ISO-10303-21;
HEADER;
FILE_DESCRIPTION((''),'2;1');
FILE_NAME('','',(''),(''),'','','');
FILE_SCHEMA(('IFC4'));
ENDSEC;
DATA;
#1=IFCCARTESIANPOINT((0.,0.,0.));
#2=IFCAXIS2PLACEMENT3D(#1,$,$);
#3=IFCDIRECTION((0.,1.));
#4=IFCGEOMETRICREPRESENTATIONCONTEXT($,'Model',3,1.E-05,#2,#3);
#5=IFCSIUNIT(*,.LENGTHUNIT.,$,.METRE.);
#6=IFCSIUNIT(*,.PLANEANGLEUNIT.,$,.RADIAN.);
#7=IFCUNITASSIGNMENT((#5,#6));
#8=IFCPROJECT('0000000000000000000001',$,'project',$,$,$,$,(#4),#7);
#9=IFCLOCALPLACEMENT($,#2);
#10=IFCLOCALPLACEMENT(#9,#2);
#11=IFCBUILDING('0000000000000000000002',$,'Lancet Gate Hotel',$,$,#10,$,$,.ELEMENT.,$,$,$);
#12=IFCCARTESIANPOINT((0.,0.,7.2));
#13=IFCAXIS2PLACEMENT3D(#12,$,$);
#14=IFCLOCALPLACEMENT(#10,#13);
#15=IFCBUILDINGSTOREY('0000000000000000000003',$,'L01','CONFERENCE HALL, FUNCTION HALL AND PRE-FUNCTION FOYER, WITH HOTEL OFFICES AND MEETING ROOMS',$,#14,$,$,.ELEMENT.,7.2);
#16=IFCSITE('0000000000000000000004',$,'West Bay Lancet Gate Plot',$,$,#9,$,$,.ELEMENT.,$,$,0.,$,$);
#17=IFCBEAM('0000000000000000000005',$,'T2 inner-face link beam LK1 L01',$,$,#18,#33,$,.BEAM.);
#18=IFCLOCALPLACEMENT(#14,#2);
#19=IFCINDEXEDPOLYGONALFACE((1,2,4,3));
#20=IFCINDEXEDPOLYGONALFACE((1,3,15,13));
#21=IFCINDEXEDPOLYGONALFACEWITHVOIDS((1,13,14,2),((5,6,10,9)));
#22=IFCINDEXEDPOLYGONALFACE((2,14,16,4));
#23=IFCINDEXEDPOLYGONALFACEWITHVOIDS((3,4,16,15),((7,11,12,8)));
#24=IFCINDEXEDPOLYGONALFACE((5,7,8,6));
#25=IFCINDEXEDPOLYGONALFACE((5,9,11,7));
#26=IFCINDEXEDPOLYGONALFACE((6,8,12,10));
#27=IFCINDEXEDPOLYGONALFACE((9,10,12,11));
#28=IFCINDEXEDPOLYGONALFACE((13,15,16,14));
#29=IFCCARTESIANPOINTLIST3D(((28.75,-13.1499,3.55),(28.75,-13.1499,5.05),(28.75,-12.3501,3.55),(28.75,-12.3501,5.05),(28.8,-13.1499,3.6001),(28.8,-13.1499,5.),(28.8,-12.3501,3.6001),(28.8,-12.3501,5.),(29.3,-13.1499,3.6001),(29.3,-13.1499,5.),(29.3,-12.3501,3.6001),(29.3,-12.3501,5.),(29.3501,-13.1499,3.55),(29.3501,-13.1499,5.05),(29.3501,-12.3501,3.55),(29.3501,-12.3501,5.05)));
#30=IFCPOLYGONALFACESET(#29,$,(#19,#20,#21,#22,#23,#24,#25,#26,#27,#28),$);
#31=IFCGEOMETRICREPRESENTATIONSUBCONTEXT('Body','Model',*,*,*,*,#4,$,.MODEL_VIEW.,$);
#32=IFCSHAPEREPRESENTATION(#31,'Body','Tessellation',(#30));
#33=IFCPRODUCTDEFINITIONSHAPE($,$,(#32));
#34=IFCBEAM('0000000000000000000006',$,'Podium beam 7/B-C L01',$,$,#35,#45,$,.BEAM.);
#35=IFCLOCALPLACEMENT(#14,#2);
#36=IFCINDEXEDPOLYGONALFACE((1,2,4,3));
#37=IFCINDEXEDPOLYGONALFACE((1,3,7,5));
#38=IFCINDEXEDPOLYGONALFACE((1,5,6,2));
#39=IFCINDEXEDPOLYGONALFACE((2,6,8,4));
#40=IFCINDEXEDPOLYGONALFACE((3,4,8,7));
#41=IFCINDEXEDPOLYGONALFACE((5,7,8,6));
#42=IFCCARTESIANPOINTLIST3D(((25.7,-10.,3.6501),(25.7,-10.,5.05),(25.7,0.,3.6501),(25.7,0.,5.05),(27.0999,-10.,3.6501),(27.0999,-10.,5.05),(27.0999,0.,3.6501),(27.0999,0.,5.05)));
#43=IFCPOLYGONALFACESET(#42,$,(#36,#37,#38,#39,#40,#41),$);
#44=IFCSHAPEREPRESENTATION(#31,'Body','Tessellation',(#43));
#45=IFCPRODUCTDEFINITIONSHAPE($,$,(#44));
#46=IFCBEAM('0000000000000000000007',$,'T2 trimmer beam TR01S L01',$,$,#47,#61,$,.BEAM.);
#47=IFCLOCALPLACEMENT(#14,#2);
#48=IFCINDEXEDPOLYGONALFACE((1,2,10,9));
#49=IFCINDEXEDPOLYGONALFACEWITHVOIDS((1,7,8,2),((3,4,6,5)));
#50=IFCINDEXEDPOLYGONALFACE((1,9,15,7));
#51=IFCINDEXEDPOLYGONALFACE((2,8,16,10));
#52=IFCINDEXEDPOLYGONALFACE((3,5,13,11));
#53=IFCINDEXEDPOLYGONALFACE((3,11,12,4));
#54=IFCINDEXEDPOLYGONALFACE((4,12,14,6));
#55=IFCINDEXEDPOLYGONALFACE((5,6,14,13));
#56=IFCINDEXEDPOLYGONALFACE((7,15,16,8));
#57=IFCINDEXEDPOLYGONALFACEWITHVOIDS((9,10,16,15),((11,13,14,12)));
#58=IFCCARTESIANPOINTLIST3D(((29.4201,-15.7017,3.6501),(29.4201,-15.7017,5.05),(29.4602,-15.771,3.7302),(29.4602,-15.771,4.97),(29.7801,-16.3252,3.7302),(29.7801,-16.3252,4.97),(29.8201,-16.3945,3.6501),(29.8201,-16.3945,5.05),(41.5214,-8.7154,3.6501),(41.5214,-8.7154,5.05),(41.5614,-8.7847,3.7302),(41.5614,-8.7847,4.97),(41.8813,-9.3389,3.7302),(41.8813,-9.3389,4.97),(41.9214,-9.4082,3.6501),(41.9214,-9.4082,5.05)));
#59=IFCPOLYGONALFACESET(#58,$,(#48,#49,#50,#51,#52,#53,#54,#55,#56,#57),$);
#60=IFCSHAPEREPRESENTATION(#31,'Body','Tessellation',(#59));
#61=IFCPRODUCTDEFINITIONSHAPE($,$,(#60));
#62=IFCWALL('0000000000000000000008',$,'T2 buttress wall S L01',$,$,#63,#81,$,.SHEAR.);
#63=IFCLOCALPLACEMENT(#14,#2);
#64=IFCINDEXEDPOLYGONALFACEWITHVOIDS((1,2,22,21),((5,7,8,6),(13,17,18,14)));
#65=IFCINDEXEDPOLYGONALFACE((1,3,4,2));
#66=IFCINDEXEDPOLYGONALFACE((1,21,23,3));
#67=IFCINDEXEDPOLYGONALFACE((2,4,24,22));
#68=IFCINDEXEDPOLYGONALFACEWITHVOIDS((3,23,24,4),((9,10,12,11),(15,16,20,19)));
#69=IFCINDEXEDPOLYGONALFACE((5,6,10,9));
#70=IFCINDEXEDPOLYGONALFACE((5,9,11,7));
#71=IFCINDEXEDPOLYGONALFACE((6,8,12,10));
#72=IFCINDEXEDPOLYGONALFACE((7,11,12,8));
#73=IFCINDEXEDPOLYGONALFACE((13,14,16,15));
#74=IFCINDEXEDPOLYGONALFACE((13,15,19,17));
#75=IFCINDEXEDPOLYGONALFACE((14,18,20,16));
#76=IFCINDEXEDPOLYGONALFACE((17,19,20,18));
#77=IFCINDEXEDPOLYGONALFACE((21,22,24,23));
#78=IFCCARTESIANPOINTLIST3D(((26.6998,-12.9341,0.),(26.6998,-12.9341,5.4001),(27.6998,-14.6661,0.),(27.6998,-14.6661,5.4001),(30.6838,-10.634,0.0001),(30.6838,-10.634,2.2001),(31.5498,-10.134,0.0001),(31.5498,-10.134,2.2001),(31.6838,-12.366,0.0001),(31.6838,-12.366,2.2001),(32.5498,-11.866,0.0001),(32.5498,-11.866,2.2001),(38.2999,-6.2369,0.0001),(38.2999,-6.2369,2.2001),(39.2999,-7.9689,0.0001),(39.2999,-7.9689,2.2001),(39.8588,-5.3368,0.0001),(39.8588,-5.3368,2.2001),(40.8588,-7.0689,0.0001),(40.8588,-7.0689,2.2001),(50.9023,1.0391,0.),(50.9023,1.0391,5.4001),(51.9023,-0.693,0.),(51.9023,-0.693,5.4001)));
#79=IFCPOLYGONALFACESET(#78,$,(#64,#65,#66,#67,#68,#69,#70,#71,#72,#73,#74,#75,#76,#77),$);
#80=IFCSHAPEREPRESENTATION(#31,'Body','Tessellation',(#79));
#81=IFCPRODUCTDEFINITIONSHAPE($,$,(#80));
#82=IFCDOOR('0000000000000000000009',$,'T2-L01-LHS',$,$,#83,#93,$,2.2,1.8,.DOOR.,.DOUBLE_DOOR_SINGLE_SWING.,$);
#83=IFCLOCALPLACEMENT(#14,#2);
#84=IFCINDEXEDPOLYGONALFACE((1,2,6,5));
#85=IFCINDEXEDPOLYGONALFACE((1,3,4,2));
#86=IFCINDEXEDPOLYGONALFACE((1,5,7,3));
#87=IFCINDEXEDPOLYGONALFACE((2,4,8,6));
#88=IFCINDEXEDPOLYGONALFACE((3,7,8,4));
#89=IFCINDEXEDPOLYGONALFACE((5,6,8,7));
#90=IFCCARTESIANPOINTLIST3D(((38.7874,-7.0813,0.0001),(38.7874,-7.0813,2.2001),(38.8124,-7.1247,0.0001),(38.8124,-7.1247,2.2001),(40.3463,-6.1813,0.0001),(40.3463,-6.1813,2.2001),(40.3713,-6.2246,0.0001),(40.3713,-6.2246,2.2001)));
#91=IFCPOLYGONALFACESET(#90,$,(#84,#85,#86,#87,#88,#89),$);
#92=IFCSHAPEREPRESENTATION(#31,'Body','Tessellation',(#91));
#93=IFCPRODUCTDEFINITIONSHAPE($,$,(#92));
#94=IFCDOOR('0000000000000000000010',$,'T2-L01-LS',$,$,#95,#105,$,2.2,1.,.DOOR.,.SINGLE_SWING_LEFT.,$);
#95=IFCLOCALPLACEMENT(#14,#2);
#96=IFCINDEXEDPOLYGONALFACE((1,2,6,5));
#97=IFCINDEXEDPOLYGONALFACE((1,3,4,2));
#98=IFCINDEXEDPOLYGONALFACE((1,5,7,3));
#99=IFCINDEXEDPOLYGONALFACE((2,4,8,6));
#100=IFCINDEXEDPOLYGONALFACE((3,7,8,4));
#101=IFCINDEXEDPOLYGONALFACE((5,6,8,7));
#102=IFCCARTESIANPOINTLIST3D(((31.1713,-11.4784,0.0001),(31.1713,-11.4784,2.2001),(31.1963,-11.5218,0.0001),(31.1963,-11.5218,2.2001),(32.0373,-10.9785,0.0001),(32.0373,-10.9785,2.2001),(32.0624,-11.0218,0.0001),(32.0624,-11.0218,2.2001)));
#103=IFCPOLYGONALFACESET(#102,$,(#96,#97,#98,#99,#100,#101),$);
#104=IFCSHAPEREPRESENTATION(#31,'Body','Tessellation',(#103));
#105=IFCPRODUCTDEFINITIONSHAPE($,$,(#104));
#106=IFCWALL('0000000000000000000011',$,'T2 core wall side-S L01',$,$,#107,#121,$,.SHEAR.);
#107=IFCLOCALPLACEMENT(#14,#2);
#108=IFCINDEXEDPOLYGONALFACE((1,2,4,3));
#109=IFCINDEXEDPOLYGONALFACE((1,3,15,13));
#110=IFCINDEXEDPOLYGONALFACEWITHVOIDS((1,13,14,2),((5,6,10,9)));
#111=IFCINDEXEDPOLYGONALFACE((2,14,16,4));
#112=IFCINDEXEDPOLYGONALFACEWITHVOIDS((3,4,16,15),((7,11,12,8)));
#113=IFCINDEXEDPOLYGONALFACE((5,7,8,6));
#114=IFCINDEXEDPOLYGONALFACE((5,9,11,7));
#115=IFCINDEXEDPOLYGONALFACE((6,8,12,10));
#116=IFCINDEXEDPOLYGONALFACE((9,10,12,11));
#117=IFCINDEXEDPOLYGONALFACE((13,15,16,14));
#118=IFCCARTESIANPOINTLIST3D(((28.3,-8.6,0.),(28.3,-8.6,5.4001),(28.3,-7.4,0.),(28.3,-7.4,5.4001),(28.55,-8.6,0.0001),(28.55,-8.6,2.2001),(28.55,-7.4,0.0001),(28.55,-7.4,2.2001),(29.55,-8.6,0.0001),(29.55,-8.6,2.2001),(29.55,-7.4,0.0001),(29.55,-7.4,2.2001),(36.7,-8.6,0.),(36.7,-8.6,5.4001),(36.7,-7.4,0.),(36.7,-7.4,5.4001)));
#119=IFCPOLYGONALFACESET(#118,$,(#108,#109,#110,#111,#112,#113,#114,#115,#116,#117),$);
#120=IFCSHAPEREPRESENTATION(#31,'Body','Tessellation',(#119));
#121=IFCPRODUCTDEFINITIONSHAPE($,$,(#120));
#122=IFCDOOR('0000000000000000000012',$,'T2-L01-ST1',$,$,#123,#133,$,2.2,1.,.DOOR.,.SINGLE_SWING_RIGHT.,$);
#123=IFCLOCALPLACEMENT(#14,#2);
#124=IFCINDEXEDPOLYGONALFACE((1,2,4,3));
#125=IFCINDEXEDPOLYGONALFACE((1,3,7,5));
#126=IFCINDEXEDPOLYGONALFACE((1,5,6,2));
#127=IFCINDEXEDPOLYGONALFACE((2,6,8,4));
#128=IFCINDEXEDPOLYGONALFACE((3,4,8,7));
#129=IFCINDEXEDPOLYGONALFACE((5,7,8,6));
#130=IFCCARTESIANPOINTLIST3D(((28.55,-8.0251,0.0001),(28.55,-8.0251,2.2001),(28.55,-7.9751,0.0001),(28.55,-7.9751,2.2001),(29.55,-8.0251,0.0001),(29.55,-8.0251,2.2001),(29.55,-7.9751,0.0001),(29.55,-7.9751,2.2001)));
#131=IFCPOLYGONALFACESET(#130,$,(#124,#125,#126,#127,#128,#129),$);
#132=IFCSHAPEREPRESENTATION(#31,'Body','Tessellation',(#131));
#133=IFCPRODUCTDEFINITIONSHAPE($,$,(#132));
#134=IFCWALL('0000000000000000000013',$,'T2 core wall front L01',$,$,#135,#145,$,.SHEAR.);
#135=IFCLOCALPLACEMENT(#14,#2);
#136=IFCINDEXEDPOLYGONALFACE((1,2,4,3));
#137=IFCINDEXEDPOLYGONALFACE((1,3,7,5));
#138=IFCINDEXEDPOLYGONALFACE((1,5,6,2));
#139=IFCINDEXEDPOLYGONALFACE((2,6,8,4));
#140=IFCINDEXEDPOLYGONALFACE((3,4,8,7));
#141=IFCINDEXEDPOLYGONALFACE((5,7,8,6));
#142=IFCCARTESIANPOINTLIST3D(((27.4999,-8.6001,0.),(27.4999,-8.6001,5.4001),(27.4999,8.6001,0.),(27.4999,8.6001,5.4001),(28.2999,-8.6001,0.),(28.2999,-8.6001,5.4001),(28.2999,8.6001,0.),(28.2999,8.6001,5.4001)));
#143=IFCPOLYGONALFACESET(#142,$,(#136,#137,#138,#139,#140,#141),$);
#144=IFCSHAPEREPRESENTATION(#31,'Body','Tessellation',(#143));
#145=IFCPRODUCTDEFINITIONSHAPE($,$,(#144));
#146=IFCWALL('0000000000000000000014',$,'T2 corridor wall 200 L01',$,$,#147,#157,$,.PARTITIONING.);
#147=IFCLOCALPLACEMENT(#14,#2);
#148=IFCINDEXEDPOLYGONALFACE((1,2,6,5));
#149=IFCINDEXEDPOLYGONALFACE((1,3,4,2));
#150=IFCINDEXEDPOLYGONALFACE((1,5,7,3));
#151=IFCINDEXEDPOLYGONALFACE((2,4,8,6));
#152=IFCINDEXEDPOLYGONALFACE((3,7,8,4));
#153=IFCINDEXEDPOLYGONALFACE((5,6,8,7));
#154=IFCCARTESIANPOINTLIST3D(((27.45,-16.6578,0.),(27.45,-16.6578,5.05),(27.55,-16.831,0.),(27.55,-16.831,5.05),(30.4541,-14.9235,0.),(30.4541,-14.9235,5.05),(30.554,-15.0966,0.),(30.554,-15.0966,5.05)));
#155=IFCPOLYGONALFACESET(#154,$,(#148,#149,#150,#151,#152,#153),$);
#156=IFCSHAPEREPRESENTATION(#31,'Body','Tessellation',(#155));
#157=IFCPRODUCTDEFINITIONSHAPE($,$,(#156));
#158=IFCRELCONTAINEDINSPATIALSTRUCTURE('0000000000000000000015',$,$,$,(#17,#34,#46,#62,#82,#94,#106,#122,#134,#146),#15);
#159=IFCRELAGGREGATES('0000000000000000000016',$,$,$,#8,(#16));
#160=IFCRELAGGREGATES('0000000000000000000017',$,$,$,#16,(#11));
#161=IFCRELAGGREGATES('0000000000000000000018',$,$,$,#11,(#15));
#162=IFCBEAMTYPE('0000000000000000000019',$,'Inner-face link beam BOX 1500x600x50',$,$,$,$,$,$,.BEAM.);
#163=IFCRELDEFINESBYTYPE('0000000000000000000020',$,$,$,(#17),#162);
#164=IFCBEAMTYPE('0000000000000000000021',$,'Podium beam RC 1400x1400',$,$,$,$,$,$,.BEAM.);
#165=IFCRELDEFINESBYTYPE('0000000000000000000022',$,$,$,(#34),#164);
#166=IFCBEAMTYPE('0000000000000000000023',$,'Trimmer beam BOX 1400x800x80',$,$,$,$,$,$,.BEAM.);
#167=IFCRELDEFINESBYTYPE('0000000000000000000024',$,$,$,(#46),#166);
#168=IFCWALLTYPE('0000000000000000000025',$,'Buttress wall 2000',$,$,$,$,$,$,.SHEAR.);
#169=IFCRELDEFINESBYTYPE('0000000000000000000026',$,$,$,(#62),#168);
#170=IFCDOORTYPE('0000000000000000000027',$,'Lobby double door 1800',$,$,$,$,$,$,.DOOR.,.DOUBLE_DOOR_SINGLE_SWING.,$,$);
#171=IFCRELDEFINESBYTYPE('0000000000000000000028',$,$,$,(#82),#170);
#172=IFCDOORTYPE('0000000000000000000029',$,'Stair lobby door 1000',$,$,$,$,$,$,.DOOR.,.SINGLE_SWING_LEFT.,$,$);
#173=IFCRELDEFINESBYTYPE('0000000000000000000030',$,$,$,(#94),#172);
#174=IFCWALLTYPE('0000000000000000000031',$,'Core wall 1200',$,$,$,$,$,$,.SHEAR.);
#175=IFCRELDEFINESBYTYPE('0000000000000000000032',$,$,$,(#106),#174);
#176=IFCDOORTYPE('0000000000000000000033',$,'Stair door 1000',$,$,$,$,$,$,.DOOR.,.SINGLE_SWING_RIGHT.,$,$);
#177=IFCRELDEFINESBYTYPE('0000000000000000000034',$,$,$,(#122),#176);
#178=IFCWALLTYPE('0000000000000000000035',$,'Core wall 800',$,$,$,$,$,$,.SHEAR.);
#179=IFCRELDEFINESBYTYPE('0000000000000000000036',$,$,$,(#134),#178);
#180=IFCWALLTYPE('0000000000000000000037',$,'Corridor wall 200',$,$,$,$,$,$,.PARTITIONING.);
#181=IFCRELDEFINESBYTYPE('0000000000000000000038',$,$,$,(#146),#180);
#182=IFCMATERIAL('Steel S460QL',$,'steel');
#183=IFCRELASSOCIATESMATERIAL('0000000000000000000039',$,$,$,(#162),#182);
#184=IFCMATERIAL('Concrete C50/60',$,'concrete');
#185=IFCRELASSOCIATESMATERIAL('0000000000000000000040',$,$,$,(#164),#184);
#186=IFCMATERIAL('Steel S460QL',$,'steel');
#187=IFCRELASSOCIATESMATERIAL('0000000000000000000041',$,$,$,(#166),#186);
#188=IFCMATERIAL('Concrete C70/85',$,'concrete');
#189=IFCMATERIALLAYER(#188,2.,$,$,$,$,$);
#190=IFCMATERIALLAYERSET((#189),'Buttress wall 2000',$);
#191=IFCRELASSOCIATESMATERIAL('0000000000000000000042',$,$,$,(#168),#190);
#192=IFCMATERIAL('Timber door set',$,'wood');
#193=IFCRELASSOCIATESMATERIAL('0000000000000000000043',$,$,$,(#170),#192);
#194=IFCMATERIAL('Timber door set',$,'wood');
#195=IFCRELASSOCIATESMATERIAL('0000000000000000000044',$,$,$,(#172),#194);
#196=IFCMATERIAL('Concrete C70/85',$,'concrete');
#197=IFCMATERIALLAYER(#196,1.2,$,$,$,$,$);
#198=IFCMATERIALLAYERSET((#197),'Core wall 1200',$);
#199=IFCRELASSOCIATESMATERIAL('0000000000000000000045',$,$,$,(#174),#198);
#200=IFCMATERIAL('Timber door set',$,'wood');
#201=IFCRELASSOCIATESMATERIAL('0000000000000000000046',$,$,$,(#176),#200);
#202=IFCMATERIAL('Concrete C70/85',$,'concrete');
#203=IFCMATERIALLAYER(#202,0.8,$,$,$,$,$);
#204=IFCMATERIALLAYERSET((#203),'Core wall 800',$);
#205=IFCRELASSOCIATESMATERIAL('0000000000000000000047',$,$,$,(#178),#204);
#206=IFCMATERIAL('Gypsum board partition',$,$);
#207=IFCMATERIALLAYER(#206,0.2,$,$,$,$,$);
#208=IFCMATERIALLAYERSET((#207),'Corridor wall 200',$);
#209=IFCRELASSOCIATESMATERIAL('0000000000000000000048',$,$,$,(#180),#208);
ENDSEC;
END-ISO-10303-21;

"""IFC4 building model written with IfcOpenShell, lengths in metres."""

from ifc_helpers import new_model, si_unit, direction, frame, frame_2d, origin, origin_2d, place, context, subcontext, project, spatial, rectangle, hollow_rectangle, extrude, material, layer, layer_set, material_profile, profile_set, type_object, element, fill, save


model = new_model("IFC4")

# Units and contexts
model_context = context("Model", 3, precision=1e-05, world=origin(), true_north=direction((0.0, 1.0)))
body_context = subcontext(model_context, "Body", "Model", "MODEL_VIEW")
ifc_project = project(units=[si_unit("LENGTHUNIT", "METRE"), si_unit("PLANEANGLEUNIT", "RADIAN")], contexts=[model_context])

# Site, building, storey
site_placement = place(None, origin())
site = spatial("IfcSite", under=ifc_project, at=site_placement, Name="West Bay Lancet Gate Plot", CompositionType="ELEMENT", RefElevation=0.0)
building_placement = place(site_placement, origin())
building = spatial("IfcBuilding", under=site, at=building_placement, Name="Lancet Gate Hotel", CompositionType="ELEMENT")
storey_placement = place(building_placement, frame((0.0, 0.0, 7.2)))
storey = spatial("IfcBuildingStorey", under=building, at=storey_placement, Name="L01", Description="CONFERENCE HALL, FUNCTION HALL AND PRE-FUNCTION FOYER, WITH HOTEL OFFICES AND MEETING ROOMS", CompositionType="ELEMENT", Elevation=7.2)

# Beams
ifc_material_1 = material(Name="Steel S460QL", Category="steel")
ifc_material_profile_1 = material_profile(ifc_material_1, hollow_rectangle(XDim=0.6001, YDim=1.5, WallThickness=0.05, at=origin_2d()), Name="BOX 1500x600x50")
ifc_profile_set_1 = profile_set([ifc_material_profile_1], Name="Steel S460QL")
beam_type_1 = type_object("IfcBeamType", Name="Inner-face link beam BOX 1500x600x50", PredefinedType="BEAM", material=ifc_profile_set_1)
beam_1_placement = place(storey_placement, frame((29.05, -13.1499, 4.3), z_axis=(0.0, 1.0, 0.0), x_axis=(-1.0, 0.0, 0.0)))
element("IfcBeam", 1, at=beam_1_placement, inside=storey, type_object=beam_type_1, Name="T2 inner-face link beam LK1 L01", PredefinedType="BEAM", context=body_context, shape_type="SweptSolid", body=[
    extrude(hollow_rectangle(XDim=0.6001, YDim=1.5, WallThickness=0.05, at=origin_2d()), origin(), (0.0, 0.0, 1.0), 0.7998),
])
ifc_material_2 = material(Name="Concrete C50/60", Category="concrete")
ifc_material_profile_2 = material_profile(ifc_material_2, rectangle(XDim=1.3999, YDim=1.3999, at=origin_2d()), Name="RC 1400x1400")
ifc_profile_set_2 = profile_set([ifc_material_profile_2], Name="Concrete C50/60")
beam_type_2 = type_object("IfcBeamType", Name="Podium beam RC 1400x1400", PredefinedType="BEAM", material=ifc_profile_set_2)
beam_2_placement = place(storey_placement, frame((26.3999, -10.0, 4.3501), z_axis=(0.0, 1.0, 0.0), x_axis=(-1.0, 0.0, 0.0)))
element("IfcBeam", 2, at=beam_2_placement, inside=storey, type_object=beam_type_2, Name="Podium beam 7/B-C L01", PredefinedType="BEAM", context=body_context, shape_type="SweptSolid", body=[
    extrude(rectangle(XDim=1.3999, YDim=1.3999, at=origin_2d()), origin(), (0.0, 0.0, 1.0), 10.0),
])
ifc_material_3 = material(Name="Steel S460QL", Category="steel")
ifc_material_profile_3 = material_profile(ifc_material_3, hollow_rectangle(XDim=0.8, YDim=1.3999, WallThickness=0.0801, at=origin_2d()), Name="BOX 1400x800x80")
ifc_profile_set_3 = profile_set([ifc_material_profile_3], Name="Steel S460QL")
beam_type_3 = type_object("IfcBeamType", Name="Trimmer beam BOX 1400x800x80", PredefinedType="BEAM", material=ifc_profile_set_3)
beam_3_placement = place(storey_placement, frame((29.6201, -16.0481, 4.3501), z_axis=(0.866037, 0.49998, 0.0), x_axis=(-0.49998, 0.866037, 0.0)))
element("IfcBeam", 3, at=beam_3_placement, inside=storey, type_object=beam_type_3, Name="T2 trimmer beam TR01S L01", PredefinedType="BEAM", context=body_context, shape_type="SweptSolid", body=[
    extrude(hollow_rectangle(XDim=0.8, YDim=1.3999, WallThickness=0.0801, at=origin_2d()), origin(), (0.0, 0.0, 1.0), 13.9731),
])

# Wall, openings, doors
ifc_material_4 = material(Name="Concrete C70/85", Category="concrete")
ifc_layer_1 = layer(ifc_material_4, 2.0)
ifc_layer_set_1 = layer_set([ifc_layer_1], Name="Buttress wall 2000")
wall_type_1 = type_object("IfcWallType", Name="Buttress wall 2000", PredefinedType="SHEAR", material=ifc_layer_set_1)
wall_1_placement = place(storey_placement, frame((27.2, -13.8, 0.0), z_axis=(0.0, 0.0, 1.0), x_axis=(0.866027, 0.499997, 0.0)))
wall_1 = element("IfcWall", 4, at=wall_1_placement, inside=storey, type_object=wall_type_1, Name="T2 buttress wall S L01", PredefinedType="SHEAR", context=body_context, shape_type="SweptSolid", body=[
    extrude(rectangle(XDim=27.9465, YDim=2.0, at=frame_2d((13.9731, 0.0))), origin(), (0.0, 0.0, 1.0), 5.4001),
])
opening_1_placement = place(wall_1_placement, frame((4.6001, 0.0, 0.0)))
opening_1 = element("IfcOpeningElement", 5, at=opening_1_placement, cuts=wall_1, PredefinedType="OPENING", context=body_context, shape_type="SweptSolid", body=[
    extrude(rectangle(XDim=1.0, YDim=2.2, at=frame_2d((0.5, 1.1001))), frame((0.0, 1.01, 0.0), z_axis=(0.0, -1.0, 0.0), x_axis=(1.0, 0.0, 0.0)), (0.0, 0.0, 1.0), 2.02),
])
opening_2_placement = place(wall_1_placement, frame((13.3945, 0.0, 0.0)))
opening_2 = element("IfcOpeningElement", 6, at=opening_2_placement, cuts=wall_1, PredefinedType="OPENING", context=body_context, shape_type="SweptSolid", body=[
    extrude(rectangle(XDim=1.8, YDim=2.2, at=frame_2d((0.8999, 1.1001))), frame((0.0, 1.01, 0.0), z_axis=(0.0, -1.0, 0.0), x_axis=(1.0, 0.0, 0.0)), (0.0, 0.0, 1.0), 2.02),
])
ifc_material_5 = material(Name="Timber door set", Category="wood")
door_type_1 = type_object("IfcDoorType", Name="Lobby double door 1800", OperationType="DOUBLE_DOOR_SINGLE_SWING", PredefinedType="DOOR", material=ifc_material_5)
door_1_placement = place(opening_2_placement, origin())
door_1 = element("IfcDoor", 7, at=door_1_placement, inside=storey, type_object=door_type_1, Name="T2-L01-LHS", OperationType="DOUBLE_DOOR_SINGLE_SWING", OverallHeight=2.2, OverallWidth=1.8, PredefinedType="DOOR", context=body_context, shape_type="SweptSolid", body=[
    extrude(rectangle(XDim=1.8, YDim=2.2, at=frame_2d((0.8999, 1.1001))), frame((0.0, 0.0249, 0.0), z_axis=(0.0, -1.0, 0.0), x_axis=(1.0, 0.0, 0.0)), (0.0, 0.0, 1.0), 0.05),
])
fill(opening_2, door_1)
ifc_material_6 = material(Name="Timber door set", Category="wood")
door_type_2 = type_object("IfcDoorType", Name="Stair lobby door 1000", OperationType="SINGLE_SWING_LEFT", PredefinedType="DOOR", material=ifc_material_6)
door_2_placement = place(opening_1_placement, origin())
door_2 = element("IfcDoor", 8, at=door_2_placement, inside=storey, type_object=door_type_2, Name="T2-L01-LS", OperationType="SINGLE_SWING_LEFT", OverallHeight=2.2, OverallWidth=1.0, PredefinedType="DOOR", context=body_context, shape_type="SweptSolid", body=[
    extrude(rectangle(XDim=1.0, YDim=2.2, at=frame_2d((0.5, 1.1001))), frame((0.0, 0.0249, 0.0), z_axis=(0.0, -1.0, 0.0), x_axis=(1.0, 0.0, 0.0)), (0.0, 0.0, 1.0), 0.05),
])
fill(opening_1, door_2)

# Wall, opening, door
ifc_material_7 = material(Name="Concrete C70/85", Category="concrete")
ifc_layer_2 = layer(ifc_material_7, 1.2)
ifc_layer_set_2 = layer_set([ifc_layer_2], Name="Core wall 1200")
wall_type_2 = type_object("IfcWallType", Name="Core wall 1200", PredefinedType="SHEAR", material=ifc_layer_set_2)
wall_2_placement = place(storey_placement, frame((28.3, -8.0, 0.0), z_axis=(0.0, 0.0, 1.0), x_axis=(1.0, 0.0, 0.0)))
wall_2 = element("IfcWall", 9, at=wall_2_placement, inside=storey, type_object=wall_type_2, Name="T2 core wall side-S L01", PredefinedType="SHEAR", context=body_context, shape_type="SweptSolid", body=[
    extrude(rectangle(XDim=8.3999, YDim=1.2, at=frame_2d((4.2, 0.0))), origin(), (0.0, 0.0, 1.0), 5.4001),
])
opening_3_placement = place(wall_2_placement, frame((0.25, 0.0, 0.0)))
opening_3 = element("IfcOpeningElement", 10, at=opening_3_placement, cuts=wall_2, PredefinedType="OPENING", context=body_context, shape_type="SweptSolid", body=[
    extrude(rectangle(XDim=1.0, YDim=2.2, at=frame_2d((0.5, 1.1001))), frame((0.0, 0.6099, 0.0), z_axis=(0.0, -1.0, 0.0), x_axis=(1.0, 0.0, 0.0)), (0.0, 0.0, 1.0), 1.22),
])
ifc_material_8 = material(Name="Timber door set", Category="wood")
door_type_3 = type_object("IfcDoorType", Name="Stair door 1000", OperationType="SINGLE_SWING_RIGHT", PredefinedType="DOOR", material=ifc_material_8)
door_3_placement = place(opening_3_placement, origin())
door_3 = element("IfcDoor", 11, at=door_3_placement, inside=storey, type_object=door_type_3, Name="T2-L01-ST1", OperationType="SINGLE_SWING_RIGHT", OverallHeight=2.2, OverallWidth=1.0, PredefinedType="DOOR", context=body_context, shape_type="SweptSolid", body=[
    extrude(rectangle(XDim=1.0, YDim=2.2, at=frame_2d((0.5, 1.1001))), frame((0.0, 0.0249, 0.0), z_axis=(0.0, -1.0, 0.0), x_axis=(1.0, 0.0, 0.0)), (0.0, 0.0, 1.0), 0.05),
])
fill(opening_3, door_3)

# Walls
ifc_material_9 = material(Name="Concrete C70/85", Category="concrete")
ifc_layer_3 = layer(ifc_material_9, 0.8)
ifc_layer_set_3 = layer_set([ifc_layer_3], Name="Core wall 800")
wall_type_3 = type_object("IfcWallType", Name="Core wall 800", PredefinedType="SHEAR", material=ifc_layer_set_3)
wall_3_placement = place(storey_placement, frame((27.8999, -8.6001, 0.0), z_axis=(0.0, 0.0, 1.0), x_axis=(0.0, 1.0, 0.0)))
element("IfcWall", 12, at=wall_3_placement, inside=storey, type_object=wall_type_3, Name="T2 core wall front L01", PredefinedType="SHEAR", context=body_context, shape_type="SweptSolid", body=[
    extrude(rectangle(XDim=17.2002, YDim=0.8, at=frame_2d((8.6001, 0.0))), origin(), (0.0, 0.0, 1.0), 5.4001),
])
ifc_material_10 = material(Name="Gypsum board partition")
ifc_layer_4 = layer(ifc_material_10, 0.2)
ifc_layer_set_4 = layer_set([ifc_layer_4], Name="Corridor wall 200")
wall_type_4 = type_object("IfcWallType", Name="Corridor wall 200", PredefinedType="PARTITIONING", material=ifc_layer_set_4)
wall_4_placement = place(storey_placement, frame((27.5, -16.7444, 0.0), z_axis=(0.0, 0.0, 1.0), x_axis=(0.866034, 0.499984, 0.0)))
element("IfcWall", 13, at=wall_4_placement, inside=storey, type_object=wall_type_4, Name="T2 corridor wall 200 L01", PredefinedType="PARTITIONING", context=body_context, shape_type="SweptSolid", body=[
    extrude(rectangle(XDim=3.4688, YDim=0.2, at=frame_2d((1.7344, 0.0))), origin(), (0.0, 0.0, 1.0), 5.05),
])

save(model, "model.ifc")
